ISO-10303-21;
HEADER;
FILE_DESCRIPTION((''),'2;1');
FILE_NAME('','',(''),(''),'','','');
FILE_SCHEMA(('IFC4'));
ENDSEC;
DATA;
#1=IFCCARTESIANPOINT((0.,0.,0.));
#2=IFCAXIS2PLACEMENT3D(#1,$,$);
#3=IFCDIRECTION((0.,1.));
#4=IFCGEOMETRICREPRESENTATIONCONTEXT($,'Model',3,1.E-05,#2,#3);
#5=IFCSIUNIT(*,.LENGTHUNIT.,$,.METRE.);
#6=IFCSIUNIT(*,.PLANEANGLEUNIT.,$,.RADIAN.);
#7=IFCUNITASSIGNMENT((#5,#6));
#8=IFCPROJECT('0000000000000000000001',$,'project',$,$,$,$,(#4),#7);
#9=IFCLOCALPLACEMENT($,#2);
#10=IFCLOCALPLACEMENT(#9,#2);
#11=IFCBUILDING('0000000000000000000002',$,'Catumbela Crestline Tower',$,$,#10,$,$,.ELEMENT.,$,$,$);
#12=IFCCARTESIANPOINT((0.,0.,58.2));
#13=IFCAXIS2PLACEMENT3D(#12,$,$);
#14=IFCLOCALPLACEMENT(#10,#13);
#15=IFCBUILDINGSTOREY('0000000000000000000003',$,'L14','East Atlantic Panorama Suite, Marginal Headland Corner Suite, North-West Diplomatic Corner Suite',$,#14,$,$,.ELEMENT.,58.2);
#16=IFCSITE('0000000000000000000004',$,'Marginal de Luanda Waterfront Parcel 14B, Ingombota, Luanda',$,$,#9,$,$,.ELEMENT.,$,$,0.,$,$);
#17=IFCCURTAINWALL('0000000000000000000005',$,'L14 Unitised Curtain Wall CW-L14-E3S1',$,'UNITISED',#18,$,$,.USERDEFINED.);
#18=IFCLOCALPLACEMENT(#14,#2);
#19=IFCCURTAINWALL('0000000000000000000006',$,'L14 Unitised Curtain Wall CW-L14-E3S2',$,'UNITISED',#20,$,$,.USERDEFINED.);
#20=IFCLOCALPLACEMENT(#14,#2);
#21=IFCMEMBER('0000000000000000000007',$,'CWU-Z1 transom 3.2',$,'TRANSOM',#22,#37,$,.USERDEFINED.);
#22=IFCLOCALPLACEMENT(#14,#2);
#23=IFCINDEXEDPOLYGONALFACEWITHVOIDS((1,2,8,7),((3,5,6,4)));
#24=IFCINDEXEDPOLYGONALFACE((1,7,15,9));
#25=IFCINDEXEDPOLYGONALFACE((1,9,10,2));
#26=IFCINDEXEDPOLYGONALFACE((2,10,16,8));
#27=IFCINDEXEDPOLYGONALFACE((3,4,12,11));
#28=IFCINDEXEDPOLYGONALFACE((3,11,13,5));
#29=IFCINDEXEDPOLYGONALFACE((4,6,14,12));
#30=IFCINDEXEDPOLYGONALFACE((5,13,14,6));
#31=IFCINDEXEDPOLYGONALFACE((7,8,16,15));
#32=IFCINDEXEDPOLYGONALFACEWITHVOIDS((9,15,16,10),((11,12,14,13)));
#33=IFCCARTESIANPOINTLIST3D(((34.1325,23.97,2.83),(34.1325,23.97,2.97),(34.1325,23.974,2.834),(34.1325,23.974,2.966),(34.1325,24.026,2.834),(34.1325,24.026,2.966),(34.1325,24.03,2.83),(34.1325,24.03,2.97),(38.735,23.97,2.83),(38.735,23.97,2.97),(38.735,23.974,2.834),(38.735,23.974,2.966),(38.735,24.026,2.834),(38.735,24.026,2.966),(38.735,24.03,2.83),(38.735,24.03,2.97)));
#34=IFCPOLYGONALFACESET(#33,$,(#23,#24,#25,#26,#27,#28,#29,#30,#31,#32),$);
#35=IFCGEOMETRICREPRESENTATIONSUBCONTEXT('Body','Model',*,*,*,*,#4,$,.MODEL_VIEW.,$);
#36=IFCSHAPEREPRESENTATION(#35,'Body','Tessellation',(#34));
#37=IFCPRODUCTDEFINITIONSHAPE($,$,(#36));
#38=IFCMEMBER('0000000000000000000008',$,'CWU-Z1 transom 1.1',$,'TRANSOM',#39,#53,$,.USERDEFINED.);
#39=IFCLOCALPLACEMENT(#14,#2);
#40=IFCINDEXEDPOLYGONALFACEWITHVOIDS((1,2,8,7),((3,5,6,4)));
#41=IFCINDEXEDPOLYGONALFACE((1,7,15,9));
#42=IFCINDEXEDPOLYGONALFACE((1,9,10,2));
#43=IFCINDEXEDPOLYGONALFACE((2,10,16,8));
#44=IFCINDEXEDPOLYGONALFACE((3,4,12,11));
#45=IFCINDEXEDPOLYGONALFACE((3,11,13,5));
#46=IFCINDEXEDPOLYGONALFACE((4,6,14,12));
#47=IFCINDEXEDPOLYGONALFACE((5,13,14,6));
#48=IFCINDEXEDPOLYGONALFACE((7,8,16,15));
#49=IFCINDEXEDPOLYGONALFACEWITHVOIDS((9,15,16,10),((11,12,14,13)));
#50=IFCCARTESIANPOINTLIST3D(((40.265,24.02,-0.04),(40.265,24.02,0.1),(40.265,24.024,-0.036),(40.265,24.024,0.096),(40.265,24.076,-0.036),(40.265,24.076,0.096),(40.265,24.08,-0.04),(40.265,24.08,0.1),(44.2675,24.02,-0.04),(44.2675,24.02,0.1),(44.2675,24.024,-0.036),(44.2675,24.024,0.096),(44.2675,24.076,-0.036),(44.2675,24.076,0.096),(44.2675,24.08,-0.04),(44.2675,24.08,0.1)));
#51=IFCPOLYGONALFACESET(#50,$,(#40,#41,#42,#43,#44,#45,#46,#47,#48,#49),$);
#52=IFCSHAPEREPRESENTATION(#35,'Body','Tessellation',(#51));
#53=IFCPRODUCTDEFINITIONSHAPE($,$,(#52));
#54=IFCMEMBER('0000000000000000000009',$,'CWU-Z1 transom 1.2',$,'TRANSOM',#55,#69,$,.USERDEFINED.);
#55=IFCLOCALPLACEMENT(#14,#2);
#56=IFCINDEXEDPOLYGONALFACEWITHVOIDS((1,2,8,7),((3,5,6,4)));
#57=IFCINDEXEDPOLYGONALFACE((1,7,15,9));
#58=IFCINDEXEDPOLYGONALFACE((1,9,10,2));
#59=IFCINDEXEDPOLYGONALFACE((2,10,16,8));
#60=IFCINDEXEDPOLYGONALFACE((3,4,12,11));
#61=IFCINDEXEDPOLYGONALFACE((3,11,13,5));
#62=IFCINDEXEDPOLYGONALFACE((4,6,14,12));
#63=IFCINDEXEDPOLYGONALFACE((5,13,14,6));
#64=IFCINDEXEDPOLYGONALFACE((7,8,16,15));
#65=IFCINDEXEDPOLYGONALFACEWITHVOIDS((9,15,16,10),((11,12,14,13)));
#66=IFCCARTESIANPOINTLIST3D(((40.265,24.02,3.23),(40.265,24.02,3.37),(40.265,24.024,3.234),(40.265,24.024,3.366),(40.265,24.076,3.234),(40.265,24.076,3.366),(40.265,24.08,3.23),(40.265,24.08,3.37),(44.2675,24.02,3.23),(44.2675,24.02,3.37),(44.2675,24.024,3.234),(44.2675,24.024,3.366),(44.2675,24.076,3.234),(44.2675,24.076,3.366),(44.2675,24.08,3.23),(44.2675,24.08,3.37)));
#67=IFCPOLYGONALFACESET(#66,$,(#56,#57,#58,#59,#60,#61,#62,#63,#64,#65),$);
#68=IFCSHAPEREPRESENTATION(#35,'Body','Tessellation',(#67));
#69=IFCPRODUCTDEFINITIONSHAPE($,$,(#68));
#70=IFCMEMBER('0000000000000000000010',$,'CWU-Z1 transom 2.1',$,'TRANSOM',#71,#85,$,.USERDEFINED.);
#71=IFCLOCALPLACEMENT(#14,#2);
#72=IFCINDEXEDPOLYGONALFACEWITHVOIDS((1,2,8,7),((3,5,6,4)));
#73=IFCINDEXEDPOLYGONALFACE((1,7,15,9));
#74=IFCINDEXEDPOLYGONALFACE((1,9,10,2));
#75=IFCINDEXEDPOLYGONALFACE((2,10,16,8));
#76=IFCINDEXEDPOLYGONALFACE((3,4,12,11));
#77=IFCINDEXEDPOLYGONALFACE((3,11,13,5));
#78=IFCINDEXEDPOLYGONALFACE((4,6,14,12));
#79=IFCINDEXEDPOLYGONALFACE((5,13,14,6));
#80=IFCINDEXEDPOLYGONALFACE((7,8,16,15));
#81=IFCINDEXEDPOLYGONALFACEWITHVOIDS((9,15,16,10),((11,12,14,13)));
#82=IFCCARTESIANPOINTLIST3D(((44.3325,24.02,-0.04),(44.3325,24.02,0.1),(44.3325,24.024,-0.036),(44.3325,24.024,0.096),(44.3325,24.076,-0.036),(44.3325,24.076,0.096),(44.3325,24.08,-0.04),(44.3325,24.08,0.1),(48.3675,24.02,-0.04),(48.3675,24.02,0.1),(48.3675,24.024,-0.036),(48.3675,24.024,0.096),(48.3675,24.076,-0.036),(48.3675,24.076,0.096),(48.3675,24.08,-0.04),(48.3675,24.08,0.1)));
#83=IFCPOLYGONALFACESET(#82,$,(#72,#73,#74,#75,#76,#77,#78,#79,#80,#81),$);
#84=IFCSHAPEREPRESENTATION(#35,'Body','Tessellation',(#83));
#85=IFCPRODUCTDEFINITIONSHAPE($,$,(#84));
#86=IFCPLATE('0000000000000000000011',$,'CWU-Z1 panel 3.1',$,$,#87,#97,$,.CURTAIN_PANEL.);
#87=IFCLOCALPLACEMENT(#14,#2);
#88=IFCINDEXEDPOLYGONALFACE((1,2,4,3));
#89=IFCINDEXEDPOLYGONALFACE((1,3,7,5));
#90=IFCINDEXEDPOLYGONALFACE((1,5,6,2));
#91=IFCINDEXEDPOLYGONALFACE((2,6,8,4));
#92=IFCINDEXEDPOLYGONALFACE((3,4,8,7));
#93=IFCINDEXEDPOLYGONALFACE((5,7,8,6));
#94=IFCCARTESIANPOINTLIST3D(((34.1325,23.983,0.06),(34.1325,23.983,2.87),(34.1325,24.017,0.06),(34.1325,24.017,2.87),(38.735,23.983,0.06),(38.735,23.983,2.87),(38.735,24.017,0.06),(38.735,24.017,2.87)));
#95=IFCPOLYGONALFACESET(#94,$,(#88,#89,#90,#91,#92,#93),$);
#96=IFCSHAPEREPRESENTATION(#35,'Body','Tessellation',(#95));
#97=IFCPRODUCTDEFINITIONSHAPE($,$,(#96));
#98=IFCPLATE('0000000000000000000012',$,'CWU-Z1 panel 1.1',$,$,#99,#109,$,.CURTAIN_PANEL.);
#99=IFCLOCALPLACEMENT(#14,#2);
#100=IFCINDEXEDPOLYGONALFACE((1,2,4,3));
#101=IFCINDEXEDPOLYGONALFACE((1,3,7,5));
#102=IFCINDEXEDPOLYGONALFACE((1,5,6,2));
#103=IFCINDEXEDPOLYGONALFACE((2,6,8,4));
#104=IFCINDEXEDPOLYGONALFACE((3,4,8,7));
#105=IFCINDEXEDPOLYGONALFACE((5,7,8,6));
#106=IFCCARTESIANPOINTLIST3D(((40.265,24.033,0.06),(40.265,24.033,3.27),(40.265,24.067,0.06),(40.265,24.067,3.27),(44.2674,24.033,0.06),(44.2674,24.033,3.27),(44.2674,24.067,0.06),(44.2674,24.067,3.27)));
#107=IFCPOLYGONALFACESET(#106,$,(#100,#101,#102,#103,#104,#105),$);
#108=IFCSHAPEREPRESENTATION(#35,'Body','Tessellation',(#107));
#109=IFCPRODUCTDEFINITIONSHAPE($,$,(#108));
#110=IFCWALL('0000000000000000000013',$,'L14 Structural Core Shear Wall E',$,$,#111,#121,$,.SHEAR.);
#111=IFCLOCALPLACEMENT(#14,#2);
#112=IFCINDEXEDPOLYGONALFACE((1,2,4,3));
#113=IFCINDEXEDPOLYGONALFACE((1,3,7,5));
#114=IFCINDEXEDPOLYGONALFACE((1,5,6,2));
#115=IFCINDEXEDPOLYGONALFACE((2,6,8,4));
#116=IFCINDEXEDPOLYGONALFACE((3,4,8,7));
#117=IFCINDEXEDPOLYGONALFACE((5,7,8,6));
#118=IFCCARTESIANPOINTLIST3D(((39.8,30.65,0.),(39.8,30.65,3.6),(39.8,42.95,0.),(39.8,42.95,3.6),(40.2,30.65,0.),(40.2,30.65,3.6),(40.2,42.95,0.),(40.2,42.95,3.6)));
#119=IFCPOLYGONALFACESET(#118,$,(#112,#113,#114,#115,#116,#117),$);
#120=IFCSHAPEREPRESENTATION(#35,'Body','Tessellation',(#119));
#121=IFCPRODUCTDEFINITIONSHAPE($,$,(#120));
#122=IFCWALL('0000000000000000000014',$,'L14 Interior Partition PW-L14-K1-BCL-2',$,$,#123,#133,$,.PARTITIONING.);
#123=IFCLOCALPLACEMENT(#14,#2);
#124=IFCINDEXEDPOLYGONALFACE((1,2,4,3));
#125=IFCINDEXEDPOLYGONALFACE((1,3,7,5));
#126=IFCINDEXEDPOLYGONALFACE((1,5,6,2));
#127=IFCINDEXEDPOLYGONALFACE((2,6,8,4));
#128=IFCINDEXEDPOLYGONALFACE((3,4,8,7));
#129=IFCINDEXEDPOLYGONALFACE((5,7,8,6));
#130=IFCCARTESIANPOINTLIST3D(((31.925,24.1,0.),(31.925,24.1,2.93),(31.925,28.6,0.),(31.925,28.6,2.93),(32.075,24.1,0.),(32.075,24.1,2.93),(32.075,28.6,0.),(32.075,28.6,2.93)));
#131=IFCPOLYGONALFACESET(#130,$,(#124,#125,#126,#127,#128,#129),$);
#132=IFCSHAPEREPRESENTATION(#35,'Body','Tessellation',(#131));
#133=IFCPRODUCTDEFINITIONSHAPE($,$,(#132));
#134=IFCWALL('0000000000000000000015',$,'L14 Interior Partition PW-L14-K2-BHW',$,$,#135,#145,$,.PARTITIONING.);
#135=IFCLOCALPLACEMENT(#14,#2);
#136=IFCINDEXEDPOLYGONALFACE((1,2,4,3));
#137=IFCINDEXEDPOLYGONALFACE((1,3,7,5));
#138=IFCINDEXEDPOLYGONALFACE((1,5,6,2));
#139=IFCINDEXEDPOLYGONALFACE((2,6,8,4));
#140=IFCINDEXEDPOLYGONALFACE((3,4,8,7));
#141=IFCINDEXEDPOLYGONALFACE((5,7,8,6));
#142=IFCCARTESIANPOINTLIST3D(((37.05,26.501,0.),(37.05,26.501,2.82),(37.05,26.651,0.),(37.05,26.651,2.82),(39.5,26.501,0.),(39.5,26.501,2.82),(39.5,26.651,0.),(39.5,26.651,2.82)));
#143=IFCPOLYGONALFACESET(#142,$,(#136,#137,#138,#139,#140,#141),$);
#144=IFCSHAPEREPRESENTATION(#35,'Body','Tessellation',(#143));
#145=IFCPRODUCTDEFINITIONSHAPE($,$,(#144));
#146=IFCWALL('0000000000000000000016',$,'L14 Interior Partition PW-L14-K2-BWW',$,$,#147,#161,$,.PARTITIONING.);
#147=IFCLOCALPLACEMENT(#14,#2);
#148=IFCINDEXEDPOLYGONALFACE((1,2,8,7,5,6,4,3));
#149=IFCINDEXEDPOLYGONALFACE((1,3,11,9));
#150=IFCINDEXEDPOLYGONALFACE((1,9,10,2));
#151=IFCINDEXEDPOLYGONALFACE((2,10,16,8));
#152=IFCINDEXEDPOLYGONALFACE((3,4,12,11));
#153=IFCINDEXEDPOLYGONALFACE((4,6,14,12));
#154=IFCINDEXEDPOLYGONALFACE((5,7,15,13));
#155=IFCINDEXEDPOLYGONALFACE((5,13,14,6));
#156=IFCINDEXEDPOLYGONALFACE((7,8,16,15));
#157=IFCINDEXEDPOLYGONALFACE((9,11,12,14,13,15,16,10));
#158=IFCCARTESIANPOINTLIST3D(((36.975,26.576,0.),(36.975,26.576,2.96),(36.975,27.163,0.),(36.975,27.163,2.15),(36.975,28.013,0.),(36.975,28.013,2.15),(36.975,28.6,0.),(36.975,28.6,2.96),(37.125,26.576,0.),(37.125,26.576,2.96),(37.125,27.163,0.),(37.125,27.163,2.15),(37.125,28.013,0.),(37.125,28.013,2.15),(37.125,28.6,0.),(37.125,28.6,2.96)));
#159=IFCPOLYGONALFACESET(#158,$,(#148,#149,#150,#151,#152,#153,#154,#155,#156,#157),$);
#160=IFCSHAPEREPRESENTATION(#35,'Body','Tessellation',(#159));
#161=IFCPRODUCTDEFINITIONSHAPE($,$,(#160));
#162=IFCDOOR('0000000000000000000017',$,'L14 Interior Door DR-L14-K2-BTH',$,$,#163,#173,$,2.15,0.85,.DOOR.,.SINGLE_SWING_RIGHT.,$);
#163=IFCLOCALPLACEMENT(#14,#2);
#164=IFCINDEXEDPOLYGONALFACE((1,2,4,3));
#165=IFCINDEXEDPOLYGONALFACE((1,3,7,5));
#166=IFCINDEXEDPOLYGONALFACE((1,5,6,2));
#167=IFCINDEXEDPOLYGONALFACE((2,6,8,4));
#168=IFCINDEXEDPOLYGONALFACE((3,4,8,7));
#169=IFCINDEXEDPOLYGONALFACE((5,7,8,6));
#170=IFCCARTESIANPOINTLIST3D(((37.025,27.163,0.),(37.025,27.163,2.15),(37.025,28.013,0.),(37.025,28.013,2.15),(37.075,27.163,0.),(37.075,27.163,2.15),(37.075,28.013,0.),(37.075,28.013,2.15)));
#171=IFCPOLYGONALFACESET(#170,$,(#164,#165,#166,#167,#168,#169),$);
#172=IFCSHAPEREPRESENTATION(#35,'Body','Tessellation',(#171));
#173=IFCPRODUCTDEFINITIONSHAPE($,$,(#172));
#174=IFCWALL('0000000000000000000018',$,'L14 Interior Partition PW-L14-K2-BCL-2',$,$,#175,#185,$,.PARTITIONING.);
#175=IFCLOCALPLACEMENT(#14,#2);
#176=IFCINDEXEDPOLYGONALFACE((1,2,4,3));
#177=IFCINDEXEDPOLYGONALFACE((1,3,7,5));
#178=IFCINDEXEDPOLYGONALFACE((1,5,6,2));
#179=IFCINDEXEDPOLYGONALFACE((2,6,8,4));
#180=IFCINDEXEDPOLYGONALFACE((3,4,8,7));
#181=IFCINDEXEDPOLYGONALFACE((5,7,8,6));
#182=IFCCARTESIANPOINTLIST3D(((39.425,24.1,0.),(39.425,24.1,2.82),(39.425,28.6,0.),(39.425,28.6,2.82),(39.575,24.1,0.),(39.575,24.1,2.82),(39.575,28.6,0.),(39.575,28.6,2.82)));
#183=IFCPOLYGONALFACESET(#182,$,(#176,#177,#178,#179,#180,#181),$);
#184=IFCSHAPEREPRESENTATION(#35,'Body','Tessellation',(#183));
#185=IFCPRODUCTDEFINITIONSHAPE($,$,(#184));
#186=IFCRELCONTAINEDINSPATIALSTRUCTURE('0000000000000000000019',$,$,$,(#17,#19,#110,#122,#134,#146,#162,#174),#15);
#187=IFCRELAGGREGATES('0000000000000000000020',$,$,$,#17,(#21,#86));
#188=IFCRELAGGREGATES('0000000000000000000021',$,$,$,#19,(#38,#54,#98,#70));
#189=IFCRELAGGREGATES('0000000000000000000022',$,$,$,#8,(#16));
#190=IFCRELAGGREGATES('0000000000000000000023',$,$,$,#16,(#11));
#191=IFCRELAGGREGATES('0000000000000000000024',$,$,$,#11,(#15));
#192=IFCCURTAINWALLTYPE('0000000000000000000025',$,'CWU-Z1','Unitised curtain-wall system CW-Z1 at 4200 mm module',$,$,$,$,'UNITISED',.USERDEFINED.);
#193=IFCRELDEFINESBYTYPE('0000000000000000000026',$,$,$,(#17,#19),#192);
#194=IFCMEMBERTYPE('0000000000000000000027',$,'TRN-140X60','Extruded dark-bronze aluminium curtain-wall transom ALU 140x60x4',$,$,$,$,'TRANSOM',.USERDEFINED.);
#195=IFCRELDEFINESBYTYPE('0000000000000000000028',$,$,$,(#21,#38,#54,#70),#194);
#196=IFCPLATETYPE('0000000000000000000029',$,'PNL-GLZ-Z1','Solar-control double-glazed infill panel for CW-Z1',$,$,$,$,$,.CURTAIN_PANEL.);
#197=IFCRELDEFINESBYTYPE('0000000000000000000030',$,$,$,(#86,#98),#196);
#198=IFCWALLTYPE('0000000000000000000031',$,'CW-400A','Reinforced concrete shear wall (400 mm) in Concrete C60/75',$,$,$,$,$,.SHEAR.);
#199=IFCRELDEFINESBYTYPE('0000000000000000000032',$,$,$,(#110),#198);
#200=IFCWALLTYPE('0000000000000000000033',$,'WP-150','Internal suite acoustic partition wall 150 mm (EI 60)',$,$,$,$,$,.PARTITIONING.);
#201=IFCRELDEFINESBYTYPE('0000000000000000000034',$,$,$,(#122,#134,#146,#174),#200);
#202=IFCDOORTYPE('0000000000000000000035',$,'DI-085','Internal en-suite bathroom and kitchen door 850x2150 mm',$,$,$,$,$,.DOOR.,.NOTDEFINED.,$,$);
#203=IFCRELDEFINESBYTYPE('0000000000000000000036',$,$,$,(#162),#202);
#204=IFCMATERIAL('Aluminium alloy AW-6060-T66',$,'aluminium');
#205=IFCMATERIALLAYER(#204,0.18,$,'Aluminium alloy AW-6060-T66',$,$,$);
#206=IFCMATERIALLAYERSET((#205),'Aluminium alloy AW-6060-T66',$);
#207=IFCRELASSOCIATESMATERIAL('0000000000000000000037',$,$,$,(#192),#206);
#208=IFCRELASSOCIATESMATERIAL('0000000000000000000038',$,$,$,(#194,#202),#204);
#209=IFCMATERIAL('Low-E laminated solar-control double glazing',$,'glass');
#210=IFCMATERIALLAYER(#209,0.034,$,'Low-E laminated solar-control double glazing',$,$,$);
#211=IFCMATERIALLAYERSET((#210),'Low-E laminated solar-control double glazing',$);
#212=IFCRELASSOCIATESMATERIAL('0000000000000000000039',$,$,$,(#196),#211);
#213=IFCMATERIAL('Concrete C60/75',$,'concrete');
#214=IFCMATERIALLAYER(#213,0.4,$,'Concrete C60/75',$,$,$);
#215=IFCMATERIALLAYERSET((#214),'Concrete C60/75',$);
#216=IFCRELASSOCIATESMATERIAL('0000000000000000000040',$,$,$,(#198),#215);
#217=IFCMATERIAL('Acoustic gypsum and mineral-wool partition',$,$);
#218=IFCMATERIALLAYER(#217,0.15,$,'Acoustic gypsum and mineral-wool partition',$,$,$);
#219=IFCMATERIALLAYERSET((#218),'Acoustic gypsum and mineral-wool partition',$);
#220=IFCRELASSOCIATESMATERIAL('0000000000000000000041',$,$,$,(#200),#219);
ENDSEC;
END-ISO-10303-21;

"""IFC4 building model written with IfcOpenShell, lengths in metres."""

from ifc_helpers import new_model, si_unit, direction, frame, frame_2d, origin, origin_2d, place, context, subcontext, project, spatial, rectangle, hollow_rectangle, extrude, material, layer, layer_set, material_profile, profile_set, type_object, element, fill, aggregate, save


model = new_model("IFC4")

# Units and contexts
model_context = context("Model", 3, precision=1e-05, world=origin(), true_north=direction((0.0, 1.0)))
body_context = subcontext(model_context, "Body", "Model", "MODEL_VIEW")
ifc_project = project(units=[si_unit("LENGTHUNIT", "METRE"), si_unit("PLANEANGLEUNIT", "RADIAN")], contexts=[model_context])

# Site, building, storey
site_placement = place(None, origin())
site = spatial("IfcSite", under=ifc_project, at=site_placement, Name="Marginal de Luanda Waterfront Parcel 14B, Ingombota, Luanda", CompositionType="ELEMENT", RefElevation=0.0)
building_placement = place(site_placement, origin())
building = spatial("IfcBuilding", under=site, at=building_placement, Name="Catumbela Crestline Tower", CompositionType="ELEMENT")
storey_placement = place(building_placement, frame((0.0, 0.0, 58.2)))
storey = spatial("IfcBuildingStorey", under=building, at=storey_placement, Name="L14", Description="East Atlantic Panorama Suite, Marginal Headland Corner Suite, North-West Diplomatic Corner Suite", CompositionType="ELEMENT", Elevation=58.2)

# Shared definitions
ifc_material_1 = material(Name="Concrete C60/75", Category="concrete")

# Curtain walls
ifc_material_2 = material(Name="Aluminium alloy AW-6060-T66", Category="aluminium")
ifc_layer_1 = layer(ifc_material_2, 0.18, Name="Aluminium alloy AW-6060-T66")
ifc_layer_set_1 = layer_set([ifc_layer_1], Name="Aluminium alloy AW-6060-T66")
curtain_wall_type = type_object("IfcCurtainWallType", Name="CWU-Z1", Description="Unitised curtain-wall system CW-Z1 at 4200 mm module", ElementType="UNITISED", PredefinedType="USERDEFINED", material=ifc_layer_set_1)
curtain_wall_1_placement = place(storey_placement, origin())
curtain_wall_1 = element("IfcCurtainWall", 1, at=curtain_wall_1_placement, inside=storey, type_object=curtain_wall_type, Name="L14 Unitised Curtain Wall CW-L14-E3S1", ObjectType="UNITISED", PredefinedType="USERDEFINED")
curtain_wall_2_placement = place(storey_placement, origin())
curtain_wall_2 = element("IfcCurtainWall", 2, at=curtain_wall_2_placement, inside=storey, type_object=curtain_wall_type, Name="L14 Unitised Curtain Wall CW-L14-E3S2", ObjectType="UNITISED", PredefinedType="USERDEFINED")

# Members
ifc_material_profile_1 = material_profile(ifc_material_2, hollow_rectangle(XDim=0.06, YDim=0.14, WallThickness=0.004, at=origin_2d()), Name="ALU 140x60x4")
ifc_profile_set_1 = profile_set([ifc_material_profile_1], Name="Aluminium alloy AW-6060-T66")
member_type_1 = type_object("IfcMemberType", Name="TRN-140X60", Description="Extruded dark-bronze aluminium curtain-wall transom ALU 140x60x4", ElementType="TRANSOM", PredefinedType="USERDEFINED", material=ifc_profile_set_1)
member_1_placement = place(storey_placement, frame((34.1325, 24.0, 2.9), z_axis=(1.0, 0.0, 0.0), x_axis=(0.0, 1.0, 0.0)))
member_1 = element("IfcMember", 3, at=member_1_placement, type_object=member_type_1, Name="CWU-Z1 transom 3.2", ObjectType="TRANSOM", PredefinedType="USERDEFINED", context=body_context, shape_type="SweptSolid", body=[
    extrude(hollow_rectangle(XDim=0.06, YDim=0.14, WallThickness=0.004, at=origin_2d()), origin(), (0.0, 0.0, 1.0), 4.6025),
])
member_2_placement = place(storey_placement, frame((40.265, 24.05, 0.03), z_axis=(1.0, 0.0, 0.0), x_axis=(0.0, 1.0, 0.0)))
member_2 = element("IfcMember", 4, at=member_2_placement, type_object=member_type_1, Name="CWU-Z1 transom 1.1", ObjectType="TRANSOM", PredefinedType="USERDEFINED", context=body_context, shape_type="SweptSolid", body=[
    extrude(hollow_rectangle(XDim=0.06, YDim=0.14, WallThickness=0.004, at=origin_2d()), origin(), (0.0, 0.0, 1.0), 4.0025),
])
member_3_placement = place(storey_placement, frame((40.265, 24.05, 3.3), z_axis=(1.0, 0.0, 0.0), x_axis=(0.0, 1.0, 0.0)))
member_3 = element("IfcMember", 5, at=member_3_placement, type_object=member_type_1, Name="CWU-Z1 transom 1.2", ObjectType="TRANSOM", PredefinedType="USERDEFINED", context=body_context, shape_type="SweptSolid", body=[
    extrude(hollow_rectangle(XDim=0.06, YDim=0.14, WallThickness=0.004, at=origin_2d()), origin(), (0.0, 0.0, 1.0), 4.0025),
])
member_4_placement = place(storey_placement, frame((44.3325, 24.05, 0.03), z_axis=(1.0, 0.0, 0.0), x_axis=(0.0, 1.0, 0.0)))
member_4 = element("IfcMember", 6, at=member_4_placement, type_object=member_type_1, Name="CWU-Z1 transom 2.1", ObjectType="TRANSOM", PredefinedType="USERDEFINED", context=body_context, shape_type="SweptSolid", body=[
    extrude(hollow_rectangle(XDim=0.06, YDim=0.14, WallThickness=0.004, at=origin_2d()), origin(), (0.0, 0.0, 1.0), 4.035),
])

# Plates
ifc_material_3 = material(Name="Low-E laminated solar-control double glazing", Category="glass")
ifc_layer_2 = layer(ifc_material_3, 0.034, Name="Low-E laminated solar-control double glazing")
ifc_layer_set_2 = layer_set([ifc_layer_2], Name="Low-E laminated solar-control double glazing")
plate_type = type_object("IfcPlateType", Name="PNL-GLZ-Z1", Description="Solar-control double-glazed infill panel for CW-Z1", PredefinedType="CURTAIN_PANEL", material=ifc_layer_set_2)
plate_1_placement = place(storey_placement, frame((36.4338, 24.0, 0.06), z_axis=(0.0, 0.0, 1.0), x_axis=(1.0, 0.0, 0.0)))
plate_1 = element("IfcPlate", 7, at=plate_1_placement, type_object=plate_type, Name="CWU-Z1 panel 3.1", PredefinedType="CURTAIN_PANEL", context=body_context, shape_type="SweptSolid", body=[
    extrude(rectangle(XDim=4.6025, YDim=0.034, at=origin_2d()), origin(), (0.0, 0.0, 1.0), 2.81),
])
aggregate(curtain_wall_1, [member_1, plate_1])
plate_2_placement = place(storey_placement, frame((42.2662, 24.05, 0.06), z_axis=(0.0, 0.0, 1.0), x_axis=(1.0, 0.0, 0.0)))
plate_2 = element("IfcPlate", 8, at=plate_2_placement, type_object=plate_type, Name="CWU-Z1 panel 1.1", PredefinedType="CURTAIN_PANEL", context=body_context, shape_type="SweptSolid", body=[
    extrude(rectangle(XDim=4.0025, YDim=0.034, at=origin_2d()), origin(), (0.0, 0.0, 1.0), 3.21),
])
aggregate(curtain_wall_2, [member_2, member_3, plate_2, member_4])

# Walls
ifc_layer_3 = layer(ifc_material_1, 0.4, Name="Concrete C60/75")
ifc_layer_set_3 = layer_set([ifc_layer_3], Name="Concrete C60/75")
wall_type_1 = type_object("IfcWallType", Name="CW-400A", Description="Reinforced concrete shear wall (400 mm) in Concrete C60/75", PredefinedType="SHEAR", material=ifc_layer_set_3)
wall_1_placement = place(storey_placement, frame((40.0, 30.65, 0.0), z_axis=(0.0, 0.0, 1.0), x_axis=(0.0, 1.0, 0.0)))
element("IfcWall", 9, at=wall_1_placement, inside=storey, type_object=wall_type_1, Name="L14 Structural Core Shear Wall E", PredefinedType="SHEAR", context=body_context, shape_type="SweptSolid", body=[
    extrude(rectangle(XDim=12.3, YDim=0.4, at=frame_2d((6.15, 0.0))), origin(), (0.0, 0.0, 1.0), 3.6),
])
ifc_material_4 = material(Name="Acoustic gypsum and mineral-wool partition")
ifc_layer_4 = layer(ifc_material_4, 0.15, Name="Acoustic gypsum and mineral-wool partition")
ifc_layer_set_4 = layer_set([ifc_layer_4], Name="Acoustic gypsum and mineral-wool partition")
wall_type_2 = type_object("IfcWallType", Name="WP-150", Description="Internal suite acoustic partition wall 150 mm (EI 60)", PredefinedType="PARTITIONING", material=ifc_layer_set_4)
wall_2_placement = place(storey_placement, frame((32.0, 28.6, 0.0), z_axis=(0.0, 0.0, 1.0), x_axis=(0.0, -1.0, 0.0)))
element("IfcWall", 10, at=wall_2_placement, inside=storey, type_object=wall_type_2, Name="L14 Interior Partition PW-L14-K1-BCL-2", PredefinedType="PARTITIONING", context=body_context, shape_type="SweptSolid", body=[
    extrude(rectangle(XDim=4.5, YDim=0.15, at=frame_2d((2.25, 0.0))), origin(), (0.0, 0.0, 1.0), 2.93),
])
wall_3_placement = place(storey_placement, frame((37.05, 26.576, 0.0), z_axis=(0.0, 0.0, 1.0), x_axis=(1.0, 0.0, 0.0)))
element("IfcWall", 11, at=wall_3_placement, inside=storey, type_object=wall_type_2, Name="L14 Interior Partition PW-L14-K2-BHW", PredefinedType="PARTITIONING", context=body_context, shape_type="SweptSolid", body=[
    extrude(rectangle(XDim=2.45, YDim=0.15, at=frame_2d((1.225, 0.0))), origin(), (0.0, 0.0, 1.0), 2.82),
])

# Wall, opening, door
wall_4_placement = place(storey_placement, frame((37.05, 26.576, 0.0), z_axis=(0.0, 0.0, 1.0), x_axis=(0.0, 1.0, 0.0)))
wall_4 = element("IfcWall", 12, at=wall_4_placement, inside=storey, type_object=wall_type_2, Name="L14 Interior Partition PW-L14-K2-BWW", PredefinedType="PARTITIONING", context=body_context, shape_type="SweptSolid", body=[
    extrude(rectangle(XDim=2.024, YDim=0.15, at=frame_2d((1.012, 0.0))), origin(), (0.0, 0.0, 1.0), 2.96),
])
opening_1_placement = place(wall_4_placement, frame((0.587, 0.0, 0.0)))
opening_1 = element("IfcOpeningElement", 13, at=opening_1_placement, cuts=wall_4, PredefinedType="OPENING", context=body_context, shape_type="SweptSolid", body=[
    extrude(rectangle(XDim=0.85, YDim=2.15, at=frame_2d((0.425, 1.075))), frame((0.0, 0.085, 0.0), z_axis=(0.0, -1.0, 0.0), x_axis=(1.0, 0.0, 0.0)), (0.0, 0.0, 1.0), 0.17),
])
door_type = type_object("IfcDoorType", Name="DI-085", Description="Internal en-suite bathroom and kitchen door 850x2150 mm", OperationType="NOTDEFINED", PredefinedType="DOOR", material=ifc_material_2)
door_1_placement = place(opening_1_placement, origin())
door_1 = element("IfcDoor", 14, at=door_1_placement, inside=storey, type_object=door_type, Name="L14 Interior Door DR-L14-K2-BTH", OperationType="SINGLE_SWING_RIGHT", OverallHeight=2.15, OverallWidth=0.85, PredefinedType="DOOR", context=body_context, shape_type="SweptSolid", body=[
    extrude(rectangle(XDim=0.85, YDim=2.15, at=frame_2d((0.425, 1.075))), frame((0.0, 0.025, 0.0), z_axis=(0.0, -1.0, 0.0), x_axis=(1.0, 0.0, 0.0)), (0.0, 0.0, 1.0), 0.05),
])
fill(opening_1, door_1)

# Wall
wall_5_placement = place(storey_placement, frame((39.5, 28.6, 0.0), z_axis=(0.0, 0.0, 1.0), x_axis=(0.0, -1.0, 0.0)))
element("IfcWall", 15, at=wall_5_placement, inside=storey, type_object=wall_type_2, Name="L14 Interior Partition PW-L14-K2-BCL-2", PredefinedType="PARTITIONING", context=body_context, shape_type="SweptSolid", body=[
    extrude(rectangle(XDim=4.5, YDim=0.15, at=frame_2d((2.25, 0.0))), origin(), (0.0, 0.0, 1.0), 2.82),
])

save(model, "model.ifc")
